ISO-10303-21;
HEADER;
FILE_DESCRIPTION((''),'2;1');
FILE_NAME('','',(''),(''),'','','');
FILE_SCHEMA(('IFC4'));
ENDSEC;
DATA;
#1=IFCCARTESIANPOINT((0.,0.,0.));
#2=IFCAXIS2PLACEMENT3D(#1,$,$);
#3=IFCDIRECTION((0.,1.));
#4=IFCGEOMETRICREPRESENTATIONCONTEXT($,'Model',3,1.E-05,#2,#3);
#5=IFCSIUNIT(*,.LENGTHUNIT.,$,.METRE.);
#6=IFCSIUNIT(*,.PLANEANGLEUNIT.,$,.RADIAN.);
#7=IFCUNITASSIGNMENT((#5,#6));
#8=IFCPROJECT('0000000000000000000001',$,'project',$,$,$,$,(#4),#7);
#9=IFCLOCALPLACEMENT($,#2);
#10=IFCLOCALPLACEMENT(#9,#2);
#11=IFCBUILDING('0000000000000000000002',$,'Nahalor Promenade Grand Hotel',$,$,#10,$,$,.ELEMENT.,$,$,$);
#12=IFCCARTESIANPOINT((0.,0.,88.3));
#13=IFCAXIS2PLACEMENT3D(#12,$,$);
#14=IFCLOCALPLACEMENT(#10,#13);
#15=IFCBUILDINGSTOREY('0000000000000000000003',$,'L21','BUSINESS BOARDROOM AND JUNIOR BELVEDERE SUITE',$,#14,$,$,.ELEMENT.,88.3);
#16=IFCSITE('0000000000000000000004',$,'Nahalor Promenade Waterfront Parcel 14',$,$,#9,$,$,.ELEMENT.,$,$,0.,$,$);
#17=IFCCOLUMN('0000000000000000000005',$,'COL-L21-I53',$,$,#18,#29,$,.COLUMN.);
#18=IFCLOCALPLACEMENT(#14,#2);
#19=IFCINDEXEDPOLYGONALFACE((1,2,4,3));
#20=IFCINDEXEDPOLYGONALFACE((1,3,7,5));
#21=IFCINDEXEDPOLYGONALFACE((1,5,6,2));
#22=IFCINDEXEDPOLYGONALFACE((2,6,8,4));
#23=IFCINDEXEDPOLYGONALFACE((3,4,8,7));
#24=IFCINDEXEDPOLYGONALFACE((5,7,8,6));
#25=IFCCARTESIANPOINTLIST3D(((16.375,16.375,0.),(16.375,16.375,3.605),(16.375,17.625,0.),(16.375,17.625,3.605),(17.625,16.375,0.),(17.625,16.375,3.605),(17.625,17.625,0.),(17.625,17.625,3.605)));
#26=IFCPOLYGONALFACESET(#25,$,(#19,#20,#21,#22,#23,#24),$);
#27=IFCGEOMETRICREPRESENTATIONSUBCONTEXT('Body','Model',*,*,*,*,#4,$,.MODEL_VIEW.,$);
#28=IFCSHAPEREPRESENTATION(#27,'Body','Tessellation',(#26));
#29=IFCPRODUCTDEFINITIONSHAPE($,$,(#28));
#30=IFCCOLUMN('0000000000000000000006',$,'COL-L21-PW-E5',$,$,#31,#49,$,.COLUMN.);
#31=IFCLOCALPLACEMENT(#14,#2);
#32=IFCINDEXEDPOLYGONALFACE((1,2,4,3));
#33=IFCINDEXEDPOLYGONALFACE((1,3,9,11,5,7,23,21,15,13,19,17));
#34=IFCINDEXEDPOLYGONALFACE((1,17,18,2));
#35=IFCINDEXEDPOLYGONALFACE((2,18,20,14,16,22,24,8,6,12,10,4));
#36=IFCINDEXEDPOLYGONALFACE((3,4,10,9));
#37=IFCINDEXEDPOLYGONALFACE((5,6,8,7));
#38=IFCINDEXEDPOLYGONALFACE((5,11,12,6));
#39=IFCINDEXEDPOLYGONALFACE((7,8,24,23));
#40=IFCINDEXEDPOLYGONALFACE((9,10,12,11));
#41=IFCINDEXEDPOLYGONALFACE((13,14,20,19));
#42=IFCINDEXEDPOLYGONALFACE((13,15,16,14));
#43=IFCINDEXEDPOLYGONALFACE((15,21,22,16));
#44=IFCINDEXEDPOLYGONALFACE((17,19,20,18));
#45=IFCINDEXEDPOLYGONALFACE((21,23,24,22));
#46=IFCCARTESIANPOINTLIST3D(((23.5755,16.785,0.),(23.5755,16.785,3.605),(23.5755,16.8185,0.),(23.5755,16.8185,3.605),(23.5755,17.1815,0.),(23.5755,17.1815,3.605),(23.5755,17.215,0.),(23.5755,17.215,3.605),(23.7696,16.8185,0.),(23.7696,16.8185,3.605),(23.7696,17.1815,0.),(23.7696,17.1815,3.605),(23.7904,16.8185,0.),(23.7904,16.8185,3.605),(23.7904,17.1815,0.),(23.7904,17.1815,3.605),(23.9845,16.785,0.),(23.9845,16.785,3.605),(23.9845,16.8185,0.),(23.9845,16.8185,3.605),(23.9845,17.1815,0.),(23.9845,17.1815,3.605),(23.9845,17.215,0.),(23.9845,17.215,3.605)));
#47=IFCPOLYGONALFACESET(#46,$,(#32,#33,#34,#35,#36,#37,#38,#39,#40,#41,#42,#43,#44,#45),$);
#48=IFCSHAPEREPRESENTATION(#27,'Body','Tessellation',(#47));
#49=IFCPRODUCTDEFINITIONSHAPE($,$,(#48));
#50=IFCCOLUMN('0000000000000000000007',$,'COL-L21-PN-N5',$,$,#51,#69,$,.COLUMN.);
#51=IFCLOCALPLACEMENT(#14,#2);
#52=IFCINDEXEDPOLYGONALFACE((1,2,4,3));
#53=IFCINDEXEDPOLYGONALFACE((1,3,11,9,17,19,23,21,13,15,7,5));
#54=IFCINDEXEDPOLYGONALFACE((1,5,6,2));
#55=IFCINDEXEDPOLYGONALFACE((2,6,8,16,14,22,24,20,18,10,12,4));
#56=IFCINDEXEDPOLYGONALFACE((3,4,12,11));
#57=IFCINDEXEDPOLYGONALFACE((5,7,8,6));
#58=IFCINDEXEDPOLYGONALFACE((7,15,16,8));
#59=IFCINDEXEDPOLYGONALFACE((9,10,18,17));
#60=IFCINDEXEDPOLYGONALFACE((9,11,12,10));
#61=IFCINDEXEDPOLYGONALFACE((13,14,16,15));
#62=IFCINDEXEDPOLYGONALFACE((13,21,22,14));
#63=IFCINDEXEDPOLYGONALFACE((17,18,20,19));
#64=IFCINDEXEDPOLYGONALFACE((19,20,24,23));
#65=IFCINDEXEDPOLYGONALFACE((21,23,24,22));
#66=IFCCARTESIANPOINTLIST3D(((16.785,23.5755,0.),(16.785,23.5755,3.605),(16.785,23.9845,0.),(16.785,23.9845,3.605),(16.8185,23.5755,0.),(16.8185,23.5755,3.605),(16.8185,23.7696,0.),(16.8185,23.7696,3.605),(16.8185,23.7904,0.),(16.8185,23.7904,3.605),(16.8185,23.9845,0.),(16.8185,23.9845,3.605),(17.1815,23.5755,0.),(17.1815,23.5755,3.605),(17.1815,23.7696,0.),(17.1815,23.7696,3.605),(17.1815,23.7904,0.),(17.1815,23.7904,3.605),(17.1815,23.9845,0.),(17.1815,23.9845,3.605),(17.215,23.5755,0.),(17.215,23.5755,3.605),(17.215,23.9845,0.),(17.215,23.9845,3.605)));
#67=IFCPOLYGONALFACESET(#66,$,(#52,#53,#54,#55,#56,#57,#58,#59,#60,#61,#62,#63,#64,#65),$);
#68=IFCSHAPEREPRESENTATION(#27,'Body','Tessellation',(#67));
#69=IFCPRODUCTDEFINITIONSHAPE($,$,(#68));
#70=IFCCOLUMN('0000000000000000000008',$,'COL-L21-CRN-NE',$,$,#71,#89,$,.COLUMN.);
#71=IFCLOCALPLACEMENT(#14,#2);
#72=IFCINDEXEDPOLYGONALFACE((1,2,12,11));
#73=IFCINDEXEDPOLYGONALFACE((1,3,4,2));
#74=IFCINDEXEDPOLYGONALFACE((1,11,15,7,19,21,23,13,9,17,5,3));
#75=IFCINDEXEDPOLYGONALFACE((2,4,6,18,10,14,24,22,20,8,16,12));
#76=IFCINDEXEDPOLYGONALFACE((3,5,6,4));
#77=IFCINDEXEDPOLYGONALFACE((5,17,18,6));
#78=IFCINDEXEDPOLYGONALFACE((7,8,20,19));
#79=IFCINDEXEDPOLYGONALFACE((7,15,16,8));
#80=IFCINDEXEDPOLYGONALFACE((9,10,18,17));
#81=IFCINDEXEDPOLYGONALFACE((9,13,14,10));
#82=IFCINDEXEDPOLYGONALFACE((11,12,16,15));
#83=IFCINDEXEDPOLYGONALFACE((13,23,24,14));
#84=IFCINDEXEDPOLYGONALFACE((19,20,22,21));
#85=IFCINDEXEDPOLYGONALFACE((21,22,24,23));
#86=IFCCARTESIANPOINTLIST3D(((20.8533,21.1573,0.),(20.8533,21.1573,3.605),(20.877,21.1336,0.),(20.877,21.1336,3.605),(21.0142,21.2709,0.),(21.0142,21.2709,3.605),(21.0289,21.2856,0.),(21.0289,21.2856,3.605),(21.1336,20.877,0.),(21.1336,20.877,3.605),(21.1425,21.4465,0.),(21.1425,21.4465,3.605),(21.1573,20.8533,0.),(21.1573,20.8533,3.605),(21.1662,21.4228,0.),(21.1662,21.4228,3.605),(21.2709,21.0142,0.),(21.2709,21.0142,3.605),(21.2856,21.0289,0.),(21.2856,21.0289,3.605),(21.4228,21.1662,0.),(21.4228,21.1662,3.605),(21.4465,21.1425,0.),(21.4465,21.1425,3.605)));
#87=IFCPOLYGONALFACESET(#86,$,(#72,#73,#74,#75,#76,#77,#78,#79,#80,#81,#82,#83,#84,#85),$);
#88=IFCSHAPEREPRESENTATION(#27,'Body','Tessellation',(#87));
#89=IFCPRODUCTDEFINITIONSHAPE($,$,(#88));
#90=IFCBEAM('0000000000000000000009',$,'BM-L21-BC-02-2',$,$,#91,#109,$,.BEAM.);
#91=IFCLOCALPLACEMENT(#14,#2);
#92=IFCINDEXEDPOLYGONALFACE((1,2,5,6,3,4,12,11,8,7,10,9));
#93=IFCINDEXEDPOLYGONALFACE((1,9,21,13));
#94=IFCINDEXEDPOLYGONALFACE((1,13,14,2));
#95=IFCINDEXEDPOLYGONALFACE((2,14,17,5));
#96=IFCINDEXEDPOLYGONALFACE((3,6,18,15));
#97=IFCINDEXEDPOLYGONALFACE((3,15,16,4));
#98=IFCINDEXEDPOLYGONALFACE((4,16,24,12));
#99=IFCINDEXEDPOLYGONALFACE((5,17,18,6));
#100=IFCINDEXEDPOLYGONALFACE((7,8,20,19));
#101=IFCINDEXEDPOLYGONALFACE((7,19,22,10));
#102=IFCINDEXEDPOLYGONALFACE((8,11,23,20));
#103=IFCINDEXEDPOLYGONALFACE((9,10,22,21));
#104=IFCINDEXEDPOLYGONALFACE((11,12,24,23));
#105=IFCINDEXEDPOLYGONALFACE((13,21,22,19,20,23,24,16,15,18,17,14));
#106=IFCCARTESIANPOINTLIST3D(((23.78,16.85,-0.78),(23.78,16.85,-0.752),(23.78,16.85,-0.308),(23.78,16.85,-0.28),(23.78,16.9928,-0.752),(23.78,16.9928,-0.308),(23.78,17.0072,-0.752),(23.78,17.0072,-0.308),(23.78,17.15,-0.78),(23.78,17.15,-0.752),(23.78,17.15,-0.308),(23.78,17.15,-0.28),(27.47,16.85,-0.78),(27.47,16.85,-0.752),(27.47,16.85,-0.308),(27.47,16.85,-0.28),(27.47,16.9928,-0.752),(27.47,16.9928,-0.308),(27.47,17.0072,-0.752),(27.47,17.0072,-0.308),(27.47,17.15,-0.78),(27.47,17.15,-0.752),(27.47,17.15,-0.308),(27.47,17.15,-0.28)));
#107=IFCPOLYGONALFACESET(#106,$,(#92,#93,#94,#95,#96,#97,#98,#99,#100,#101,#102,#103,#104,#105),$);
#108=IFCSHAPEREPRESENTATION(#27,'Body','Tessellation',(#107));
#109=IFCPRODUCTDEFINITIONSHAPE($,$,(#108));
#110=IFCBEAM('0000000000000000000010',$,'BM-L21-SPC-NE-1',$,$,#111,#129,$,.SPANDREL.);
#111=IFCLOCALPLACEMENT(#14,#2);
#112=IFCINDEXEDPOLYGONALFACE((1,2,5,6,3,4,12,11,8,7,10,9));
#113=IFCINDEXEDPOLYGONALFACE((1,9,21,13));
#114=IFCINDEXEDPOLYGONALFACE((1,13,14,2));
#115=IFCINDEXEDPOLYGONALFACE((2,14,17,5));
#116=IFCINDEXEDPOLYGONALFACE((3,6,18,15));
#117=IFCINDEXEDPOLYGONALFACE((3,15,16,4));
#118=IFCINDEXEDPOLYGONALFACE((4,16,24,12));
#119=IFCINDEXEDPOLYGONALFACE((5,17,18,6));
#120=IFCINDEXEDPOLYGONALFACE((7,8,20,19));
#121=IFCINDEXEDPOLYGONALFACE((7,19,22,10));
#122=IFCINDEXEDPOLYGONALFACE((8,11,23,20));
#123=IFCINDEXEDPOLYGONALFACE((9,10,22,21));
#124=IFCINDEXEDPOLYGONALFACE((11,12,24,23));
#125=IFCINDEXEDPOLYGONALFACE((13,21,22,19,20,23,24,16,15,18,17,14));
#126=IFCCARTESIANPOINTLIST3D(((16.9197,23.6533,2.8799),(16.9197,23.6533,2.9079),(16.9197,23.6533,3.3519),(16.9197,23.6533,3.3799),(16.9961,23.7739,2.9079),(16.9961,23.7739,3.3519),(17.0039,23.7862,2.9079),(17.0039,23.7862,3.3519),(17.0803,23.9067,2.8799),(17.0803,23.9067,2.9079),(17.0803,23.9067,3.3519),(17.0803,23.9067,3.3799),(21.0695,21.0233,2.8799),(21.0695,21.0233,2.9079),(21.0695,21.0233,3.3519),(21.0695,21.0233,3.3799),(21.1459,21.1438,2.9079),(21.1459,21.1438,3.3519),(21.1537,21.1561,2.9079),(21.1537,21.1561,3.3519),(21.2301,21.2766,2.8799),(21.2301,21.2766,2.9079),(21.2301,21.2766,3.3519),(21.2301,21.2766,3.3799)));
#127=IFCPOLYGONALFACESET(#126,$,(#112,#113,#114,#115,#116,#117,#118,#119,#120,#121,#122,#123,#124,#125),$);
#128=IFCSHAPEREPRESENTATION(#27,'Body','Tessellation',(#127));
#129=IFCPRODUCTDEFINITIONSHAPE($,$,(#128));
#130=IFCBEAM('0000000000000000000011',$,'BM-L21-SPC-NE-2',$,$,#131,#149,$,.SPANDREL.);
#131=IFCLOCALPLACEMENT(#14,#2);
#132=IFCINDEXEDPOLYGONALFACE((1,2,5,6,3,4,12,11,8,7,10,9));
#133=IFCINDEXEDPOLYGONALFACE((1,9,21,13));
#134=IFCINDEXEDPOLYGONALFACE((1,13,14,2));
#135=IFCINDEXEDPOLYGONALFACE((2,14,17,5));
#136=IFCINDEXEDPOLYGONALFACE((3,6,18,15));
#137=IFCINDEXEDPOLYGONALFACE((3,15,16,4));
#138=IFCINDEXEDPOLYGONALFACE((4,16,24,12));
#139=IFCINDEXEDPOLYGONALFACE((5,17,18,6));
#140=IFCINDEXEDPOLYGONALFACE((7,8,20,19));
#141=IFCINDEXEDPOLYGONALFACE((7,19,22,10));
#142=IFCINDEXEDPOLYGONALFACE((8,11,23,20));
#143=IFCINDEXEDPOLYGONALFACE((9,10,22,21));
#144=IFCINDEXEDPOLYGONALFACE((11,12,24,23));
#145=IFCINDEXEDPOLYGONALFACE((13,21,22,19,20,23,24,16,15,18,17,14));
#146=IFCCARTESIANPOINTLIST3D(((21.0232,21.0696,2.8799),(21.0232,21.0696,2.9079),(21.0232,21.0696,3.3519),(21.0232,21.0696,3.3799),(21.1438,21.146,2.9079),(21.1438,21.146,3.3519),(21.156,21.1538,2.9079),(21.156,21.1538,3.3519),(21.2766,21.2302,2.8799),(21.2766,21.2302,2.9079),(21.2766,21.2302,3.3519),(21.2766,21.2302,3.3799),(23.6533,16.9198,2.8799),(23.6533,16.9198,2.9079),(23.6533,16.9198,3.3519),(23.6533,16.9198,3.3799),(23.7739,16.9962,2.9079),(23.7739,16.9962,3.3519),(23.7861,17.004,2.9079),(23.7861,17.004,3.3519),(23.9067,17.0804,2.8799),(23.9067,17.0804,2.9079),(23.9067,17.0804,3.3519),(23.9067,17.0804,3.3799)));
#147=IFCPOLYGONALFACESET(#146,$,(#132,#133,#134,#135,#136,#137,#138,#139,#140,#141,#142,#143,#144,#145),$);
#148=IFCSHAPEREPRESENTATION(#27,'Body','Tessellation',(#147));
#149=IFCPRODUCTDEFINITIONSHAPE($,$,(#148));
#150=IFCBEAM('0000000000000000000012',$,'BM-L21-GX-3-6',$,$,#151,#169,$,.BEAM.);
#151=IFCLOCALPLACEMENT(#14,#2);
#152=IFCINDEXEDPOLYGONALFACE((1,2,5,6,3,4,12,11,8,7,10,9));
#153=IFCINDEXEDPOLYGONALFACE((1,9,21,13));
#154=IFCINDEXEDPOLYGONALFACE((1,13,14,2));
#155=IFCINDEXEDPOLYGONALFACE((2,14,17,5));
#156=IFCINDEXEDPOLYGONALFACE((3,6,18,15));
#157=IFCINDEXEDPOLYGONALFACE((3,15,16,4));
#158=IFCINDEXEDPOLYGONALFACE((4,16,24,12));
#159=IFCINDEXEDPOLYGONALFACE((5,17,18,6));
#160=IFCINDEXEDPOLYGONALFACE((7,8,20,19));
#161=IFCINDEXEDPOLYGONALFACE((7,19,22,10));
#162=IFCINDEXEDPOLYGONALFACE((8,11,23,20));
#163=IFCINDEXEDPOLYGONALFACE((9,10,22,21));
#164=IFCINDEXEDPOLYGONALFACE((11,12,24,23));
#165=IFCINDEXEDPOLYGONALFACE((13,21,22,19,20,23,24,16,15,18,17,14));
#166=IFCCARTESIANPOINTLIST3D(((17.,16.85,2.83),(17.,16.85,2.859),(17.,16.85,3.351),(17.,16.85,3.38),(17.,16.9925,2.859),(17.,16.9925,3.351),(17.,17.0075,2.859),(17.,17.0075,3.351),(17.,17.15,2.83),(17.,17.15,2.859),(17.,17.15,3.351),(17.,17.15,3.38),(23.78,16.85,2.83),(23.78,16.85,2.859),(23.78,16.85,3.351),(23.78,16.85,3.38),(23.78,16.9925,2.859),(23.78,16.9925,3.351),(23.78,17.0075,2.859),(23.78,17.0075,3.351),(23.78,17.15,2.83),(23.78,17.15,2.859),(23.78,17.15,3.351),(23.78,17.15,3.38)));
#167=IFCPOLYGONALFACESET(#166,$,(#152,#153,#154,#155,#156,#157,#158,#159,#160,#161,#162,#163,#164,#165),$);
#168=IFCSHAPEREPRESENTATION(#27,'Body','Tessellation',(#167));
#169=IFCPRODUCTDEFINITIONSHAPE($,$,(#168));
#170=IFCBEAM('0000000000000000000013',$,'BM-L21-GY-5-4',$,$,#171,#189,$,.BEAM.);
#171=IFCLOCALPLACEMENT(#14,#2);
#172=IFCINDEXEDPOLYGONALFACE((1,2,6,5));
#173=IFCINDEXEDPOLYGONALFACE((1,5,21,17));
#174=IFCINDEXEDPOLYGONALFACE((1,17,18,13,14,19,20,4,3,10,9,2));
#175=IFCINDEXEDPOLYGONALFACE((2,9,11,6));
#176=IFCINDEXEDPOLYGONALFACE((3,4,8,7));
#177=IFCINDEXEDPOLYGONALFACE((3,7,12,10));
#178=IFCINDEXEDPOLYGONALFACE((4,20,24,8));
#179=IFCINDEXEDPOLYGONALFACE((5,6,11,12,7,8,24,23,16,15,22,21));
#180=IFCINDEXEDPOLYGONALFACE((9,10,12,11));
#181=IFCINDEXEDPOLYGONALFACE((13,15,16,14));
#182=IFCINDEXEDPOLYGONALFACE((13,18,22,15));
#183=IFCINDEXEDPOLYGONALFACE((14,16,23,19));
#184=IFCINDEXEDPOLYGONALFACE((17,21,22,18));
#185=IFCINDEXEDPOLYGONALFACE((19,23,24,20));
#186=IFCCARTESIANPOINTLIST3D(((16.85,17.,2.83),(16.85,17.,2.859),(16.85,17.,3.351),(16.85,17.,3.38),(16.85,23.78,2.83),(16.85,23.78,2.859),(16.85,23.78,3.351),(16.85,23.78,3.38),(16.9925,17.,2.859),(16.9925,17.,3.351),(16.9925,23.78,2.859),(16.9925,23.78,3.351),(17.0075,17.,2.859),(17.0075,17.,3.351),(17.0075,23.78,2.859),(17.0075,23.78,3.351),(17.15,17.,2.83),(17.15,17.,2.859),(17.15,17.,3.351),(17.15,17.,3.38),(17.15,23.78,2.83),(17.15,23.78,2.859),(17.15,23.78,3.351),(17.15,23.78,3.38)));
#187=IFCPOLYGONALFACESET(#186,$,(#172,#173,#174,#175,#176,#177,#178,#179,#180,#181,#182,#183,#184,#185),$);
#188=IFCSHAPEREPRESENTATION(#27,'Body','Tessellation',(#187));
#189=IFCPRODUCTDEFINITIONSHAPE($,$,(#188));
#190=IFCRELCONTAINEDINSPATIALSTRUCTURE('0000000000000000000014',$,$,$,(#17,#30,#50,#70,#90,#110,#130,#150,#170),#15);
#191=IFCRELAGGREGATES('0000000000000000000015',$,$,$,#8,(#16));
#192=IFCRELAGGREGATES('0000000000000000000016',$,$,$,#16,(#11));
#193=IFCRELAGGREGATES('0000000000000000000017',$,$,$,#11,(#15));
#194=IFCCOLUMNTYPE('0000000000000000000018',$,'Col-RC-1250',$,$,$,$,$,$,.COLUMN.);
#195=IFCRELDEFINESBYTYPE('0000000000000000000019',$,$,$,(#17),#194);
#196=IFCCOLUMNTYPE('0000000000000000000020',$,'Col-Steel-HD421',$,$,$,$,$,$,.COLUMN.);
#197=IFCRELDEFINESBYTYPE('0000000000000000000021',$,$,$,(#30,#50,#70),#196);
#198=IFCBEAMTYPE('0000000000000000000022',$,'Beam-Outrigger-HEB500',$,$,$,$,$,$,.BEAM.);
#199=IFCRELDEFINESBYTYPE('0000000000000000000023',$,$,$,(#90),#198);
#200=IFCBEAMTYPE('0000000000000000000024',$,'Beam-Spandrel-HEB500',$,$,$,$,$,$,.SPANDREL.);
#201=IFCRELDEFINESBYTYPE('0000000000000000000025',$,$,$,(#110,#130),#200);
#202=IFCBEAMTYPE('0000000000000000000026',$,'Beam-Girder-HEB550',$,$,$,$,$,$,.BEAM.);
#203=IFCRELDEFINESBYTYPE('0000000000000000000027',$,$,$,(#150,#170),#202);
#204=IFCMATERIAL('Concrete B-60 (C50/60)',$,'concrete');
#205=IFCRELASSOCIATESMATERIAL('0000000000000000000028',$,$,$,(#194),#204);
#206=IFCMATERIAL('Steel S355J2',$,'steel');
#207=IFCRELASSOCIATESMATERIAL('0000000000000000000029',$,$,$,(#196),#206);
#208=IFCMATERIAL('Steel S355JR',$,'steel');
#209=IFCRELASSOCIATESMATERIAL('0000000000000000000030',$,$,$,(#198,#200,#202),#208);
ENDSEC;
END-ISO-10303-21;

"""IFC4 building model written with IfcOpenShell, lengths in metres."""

from ifc_helpers import new_model, si_unit, direction, frame, origin, origin_2d, place, context, subcontext, project, spatial, rectangle, i_section, extrude, source, transform, mapped, material, material_profile, profile_set, type_object, element, save


model = new_model("IFC4")

# Units and contexts
model_context = context("Model", 3, precision=1e-05, world=origin(), true_north=direction((0.0, 1.0)))
body_context = subcontext(model_context, "Body", "Model", "MODEL_VIEW")
ifc_project = project(units=[si_unit("LENGTHUNIT", "METRE"), si_unit("PLANEANGLEUNIT", "RADIAN")], contexts=[model_context])

# Site, building, storey
site_placement = place(None, origin())
site = spatial("IfcSite", under=ifc_project, at=site_placement, Name="Nahalor Promenade Waterfront Parcel 14", CompositionType="ELEMENT", RefElevation=0.0)
building_placement = place(site_placement, origin())
building = spatial("IfcBuilding", under=site, at=building_placement, Name="Nahalor Promenade Grand Hotel", CompositionType="ELEMENT")
storey_placement = place(building_placement, frame((0.0, 0.0, 88.3)))
storey = spatial("IfcBuildingStorey", under=building, at=storey_placement, Name="L21", Description="BUSINESS BOARDROOM AND JUNIOR BELVEDERE SUITE", CompositionType="ELEMENT", Elevation=88.3)

# Columns
ifc_material_1 = material(Name="Concrete B-60 (C50/60)", Category="concrete")
ifc_material_profile_1 = material_profile(ifc_material_1, rectangle(XDim=1.25, YDim=1.25, at=origin_2d()), Name="RC 1250x1250")
ifc_profile_set_1 = profile_set([ifc_material_profile_1], Name="Concrete B-60 (C50/60)")
column_type_1 = type_object("IfcColumnType", Name="Col-RC-1250", PredefinedType="COLUMN", material=ifc_profile_set_1)
shared_shape_1 = source(origin(), body_context, "Body", "SweptSolid", [
    extrude(rectangle(XDim=1.25, YDim=1.25, at=origin_2d()), origin(), (0.0, 0.0, 1.0), 3.605),
])
column_placement = place(storey_placement, frame((17.0, 17.0, 0.0), z_axis=(0.0, 0.0, 1.0), x_axis=(1.0, 0.0, 0.0)))
element("IfcColumn", 1, at=column_placement, inside=storey, type_object=column_type_1, Name="COL-L21-I53", PredefinedType="COLUMN", context=body_context, shape_type="MappedRepresentation", body=[
    mapped(shared_shape_1, transform((0.0, 0.0, 0.0), scale=1.0)),
])
ifc_material_2 = material(Name="Steel S355J2", Category="steel")
ifc_material_profile_2 = material_profile(ifc_material_2, i_section(OverallWidth=0.409, OverallDepth=0.43, WebThickness=0.0208, FlangeThickness=0.0335, at=origin_2d()), Name="HD 400x421")
ifc_profile_set_2 = profile_set([ifc_material_profile_2], Name="Steel S355J2")
column_type_2 = type_object("IfcColumnType", Name="Col-Steel-HD421", PredefinedType="COLUMN", material=ifc_profile_set_2)
shared_shape_2 = source(origin(), body_context, "Body", "SweptSolid", [
    extrude(i_section(OverallWidth=0.409, OverallDepth=0.43, WebThickness=0.0208, FlangeThickness=0.0335, at=origin_2d()), origin(), (0.0, 0.0, 1.0), 3.605),
])
for number, where, z_axis, x_axis, name in (
    (2, (23.78, 17.0, 0.0), (0.0, 0.0, 1.0), (1.0, 0.0, 0.0), "COL-L21-PW-E5"),
    (3, (17.0, 23.78, 0.0), (0.0, 0.0, 1.0), (0.0, 1.0, 0.0), "COL-L21-PN-N5"),
    (4, (21.1499, 21.1499, 0.0), (0.0, 0.0, 1.0), (0.707107, 0.707107, 0.0), "COL-L21-CRN-NE"),
):
    element("IfcColumn", number, at=place(storey_placement, frame(where, z_axis=z_axis, x_axis=x_axis)), inside=storey, type_object=column_type_2, Name=name, PredefinedType="COLUMN", context=body_context, shape_type="MappedRepresentation", body=[
        mapped(shared_shape_2, transform((0.0, 0.0, 0.0), scale=1.0)),
    ])

# Beams
ifc_material_3 = material(Name="Steel S355JR", Category="steel")
ifc_material_profile_3 = material_profile(ifc_material_3, i_section(OverallWidth=0.3, OverallDepth=0.5, WebThickness=0.0145, FlangeThickness=0.028, at=origin_2d()), Name="HEB 500")
ifc_profile_set_3 = profile_set([ifc_material_profile_3], Name="Steel S355JR")
beam_type_1 = type_object("IfcBeamType", Name="Beam-Outrigger-HEB500", PredefinedType="BEAM", material=ifc_profile_set_3)
shared_shape_3 = source(origin(), body_context, "Body", "SweptSolid", [
    extrude(i_section(OverallWidth=0.3, OverallDepth=0.5, WebThickness=0.0145, FlangeThickness=0.028, at=origin_2d()), origin(), (0.0, 0.0, 1.0), 3.6899),
])
beam_placement = place(storey_placement, frame((23.78, 17.0, -0.53), z_axis=(1.0, 0.0, 0.0), x_axis=(0.0, 1.0, 0.0)))
element("IfcBeam", 5, at=beam_placement, inside=storey, type_object=beam_type_1, Name="BM-L21-BC-02-2", PredefinedType="BEAM", context=body_context, shape_type="MappedRepresentation", body=[
    mapped(shared_shape_3, transform((0.0, 0.0, 0.0), scale=1.0)),
])
ifc_material_profile_4 = material_profile(ifc_material_3, i_section(OverallWidth=0.3, OverallDepth=0.5, WebThickness=0.0145, FlangeThickness=0.028, at=origin_2d()), Name="HEB 500")
ifc_profile_set_4 = profile_set([ifc_material_profile_4], Name="Steel S355JR")
beam_type_2 = type_object("IfcBeamType", Name="Beam-Spandrel-HEB500", PredefinedType="SPANDREL", material=ifc_profile_set_4)
shared_shape_4 = source(origin(), body_context, "Body", "SweptSolid", [
    extrude(i_section(OverallWidth=0.3, OverallDepth=0.5, WebThickness=0.0145, FlangeThickness=0.028, at=origin_2d()), origin(), (0.0, 0.0, 1.0), 4.9131),
])
for number, where, z_axis, x_axis, name in (
    (6, (17.0, 23.78, 3.1299), (0.844648, -0.535322, 0.0), (0.535322, 0.844648, 0.0), "BM-L21-SPC-NE-1"),
    (7, (21.1499, 21.1499, 3.1299), (0.535322, -0.844648, 0.0), (0.844648, 0.535322, 0.0), "BM-L21-SPC-NE-2"),
):
    element("IfcBeam", number, at=place(storey_placement, frame(where, z_axis=z_axis, x_axis=x_axis)), inside=storey, type_object=beam_type_2, Name=name, PredefinedType="SPANDREL", context=body_context, shape_type="MappedRepresentation", body=[
        mapped(shared_shape_4, transform((0.0, 0.0, 0.0), scale=1.0)),
    ])
ifc_material_profile_5 = material_profile(ifc_material_3, i_section(OverallWidth=0.3, OverallDepth=0.55, WebThickness=0.015, FlangeThickness=0.029, at=origin_2d()), Name="HEB 550")
ifc_profile_set_5 = profile_set([ifc_material_profile_5], Name="Steel S355JR")
beam_type_3 = type_object("IfcBeamType", Name="Beam-Girder-HEB550", PredefinedType="BEAM", material=ifc_profile_set_5)
shared_shape_5 = source(origin(), body_context, "Body", "SweptSolid", [
    extrude(i_section(OverallWidth=0.3, OverallDepth=0.55, WebThickness=0.015, FlangeThickness=0.029, at=origin_2d()), origin(), (0.0, 0.0, 1.0), 6.78),
])
for number, where, z_axis, x_axis, name in (
    (8, (17.0, 17.0, 3.105), (1.0, 0.0, 0.0), (0.0, 1.0, 0.0), "BM-L21-GX-3-6"),
    (9, (17.0, 17.0, 3.105), (0.0, 1.0, 0.0), (-1.0, 0.0, 0.0), "BM-L21-GY-5-4"),
):
    element("IfcBeam", number, at=place(storey_placement, frame(where, z_axis=z_axis, x_axis=x_axis)), inside=storey, type_object=beam_type_3, Name=name, PredefinedType="BEAM", context=body_context, shape_type="MappedRepresentation", body=[
        mapped(shared_shape_5, transform((0.0, 0.0, 0.0), scale=1.0)),
    ])

save(model, "model.ifc")
